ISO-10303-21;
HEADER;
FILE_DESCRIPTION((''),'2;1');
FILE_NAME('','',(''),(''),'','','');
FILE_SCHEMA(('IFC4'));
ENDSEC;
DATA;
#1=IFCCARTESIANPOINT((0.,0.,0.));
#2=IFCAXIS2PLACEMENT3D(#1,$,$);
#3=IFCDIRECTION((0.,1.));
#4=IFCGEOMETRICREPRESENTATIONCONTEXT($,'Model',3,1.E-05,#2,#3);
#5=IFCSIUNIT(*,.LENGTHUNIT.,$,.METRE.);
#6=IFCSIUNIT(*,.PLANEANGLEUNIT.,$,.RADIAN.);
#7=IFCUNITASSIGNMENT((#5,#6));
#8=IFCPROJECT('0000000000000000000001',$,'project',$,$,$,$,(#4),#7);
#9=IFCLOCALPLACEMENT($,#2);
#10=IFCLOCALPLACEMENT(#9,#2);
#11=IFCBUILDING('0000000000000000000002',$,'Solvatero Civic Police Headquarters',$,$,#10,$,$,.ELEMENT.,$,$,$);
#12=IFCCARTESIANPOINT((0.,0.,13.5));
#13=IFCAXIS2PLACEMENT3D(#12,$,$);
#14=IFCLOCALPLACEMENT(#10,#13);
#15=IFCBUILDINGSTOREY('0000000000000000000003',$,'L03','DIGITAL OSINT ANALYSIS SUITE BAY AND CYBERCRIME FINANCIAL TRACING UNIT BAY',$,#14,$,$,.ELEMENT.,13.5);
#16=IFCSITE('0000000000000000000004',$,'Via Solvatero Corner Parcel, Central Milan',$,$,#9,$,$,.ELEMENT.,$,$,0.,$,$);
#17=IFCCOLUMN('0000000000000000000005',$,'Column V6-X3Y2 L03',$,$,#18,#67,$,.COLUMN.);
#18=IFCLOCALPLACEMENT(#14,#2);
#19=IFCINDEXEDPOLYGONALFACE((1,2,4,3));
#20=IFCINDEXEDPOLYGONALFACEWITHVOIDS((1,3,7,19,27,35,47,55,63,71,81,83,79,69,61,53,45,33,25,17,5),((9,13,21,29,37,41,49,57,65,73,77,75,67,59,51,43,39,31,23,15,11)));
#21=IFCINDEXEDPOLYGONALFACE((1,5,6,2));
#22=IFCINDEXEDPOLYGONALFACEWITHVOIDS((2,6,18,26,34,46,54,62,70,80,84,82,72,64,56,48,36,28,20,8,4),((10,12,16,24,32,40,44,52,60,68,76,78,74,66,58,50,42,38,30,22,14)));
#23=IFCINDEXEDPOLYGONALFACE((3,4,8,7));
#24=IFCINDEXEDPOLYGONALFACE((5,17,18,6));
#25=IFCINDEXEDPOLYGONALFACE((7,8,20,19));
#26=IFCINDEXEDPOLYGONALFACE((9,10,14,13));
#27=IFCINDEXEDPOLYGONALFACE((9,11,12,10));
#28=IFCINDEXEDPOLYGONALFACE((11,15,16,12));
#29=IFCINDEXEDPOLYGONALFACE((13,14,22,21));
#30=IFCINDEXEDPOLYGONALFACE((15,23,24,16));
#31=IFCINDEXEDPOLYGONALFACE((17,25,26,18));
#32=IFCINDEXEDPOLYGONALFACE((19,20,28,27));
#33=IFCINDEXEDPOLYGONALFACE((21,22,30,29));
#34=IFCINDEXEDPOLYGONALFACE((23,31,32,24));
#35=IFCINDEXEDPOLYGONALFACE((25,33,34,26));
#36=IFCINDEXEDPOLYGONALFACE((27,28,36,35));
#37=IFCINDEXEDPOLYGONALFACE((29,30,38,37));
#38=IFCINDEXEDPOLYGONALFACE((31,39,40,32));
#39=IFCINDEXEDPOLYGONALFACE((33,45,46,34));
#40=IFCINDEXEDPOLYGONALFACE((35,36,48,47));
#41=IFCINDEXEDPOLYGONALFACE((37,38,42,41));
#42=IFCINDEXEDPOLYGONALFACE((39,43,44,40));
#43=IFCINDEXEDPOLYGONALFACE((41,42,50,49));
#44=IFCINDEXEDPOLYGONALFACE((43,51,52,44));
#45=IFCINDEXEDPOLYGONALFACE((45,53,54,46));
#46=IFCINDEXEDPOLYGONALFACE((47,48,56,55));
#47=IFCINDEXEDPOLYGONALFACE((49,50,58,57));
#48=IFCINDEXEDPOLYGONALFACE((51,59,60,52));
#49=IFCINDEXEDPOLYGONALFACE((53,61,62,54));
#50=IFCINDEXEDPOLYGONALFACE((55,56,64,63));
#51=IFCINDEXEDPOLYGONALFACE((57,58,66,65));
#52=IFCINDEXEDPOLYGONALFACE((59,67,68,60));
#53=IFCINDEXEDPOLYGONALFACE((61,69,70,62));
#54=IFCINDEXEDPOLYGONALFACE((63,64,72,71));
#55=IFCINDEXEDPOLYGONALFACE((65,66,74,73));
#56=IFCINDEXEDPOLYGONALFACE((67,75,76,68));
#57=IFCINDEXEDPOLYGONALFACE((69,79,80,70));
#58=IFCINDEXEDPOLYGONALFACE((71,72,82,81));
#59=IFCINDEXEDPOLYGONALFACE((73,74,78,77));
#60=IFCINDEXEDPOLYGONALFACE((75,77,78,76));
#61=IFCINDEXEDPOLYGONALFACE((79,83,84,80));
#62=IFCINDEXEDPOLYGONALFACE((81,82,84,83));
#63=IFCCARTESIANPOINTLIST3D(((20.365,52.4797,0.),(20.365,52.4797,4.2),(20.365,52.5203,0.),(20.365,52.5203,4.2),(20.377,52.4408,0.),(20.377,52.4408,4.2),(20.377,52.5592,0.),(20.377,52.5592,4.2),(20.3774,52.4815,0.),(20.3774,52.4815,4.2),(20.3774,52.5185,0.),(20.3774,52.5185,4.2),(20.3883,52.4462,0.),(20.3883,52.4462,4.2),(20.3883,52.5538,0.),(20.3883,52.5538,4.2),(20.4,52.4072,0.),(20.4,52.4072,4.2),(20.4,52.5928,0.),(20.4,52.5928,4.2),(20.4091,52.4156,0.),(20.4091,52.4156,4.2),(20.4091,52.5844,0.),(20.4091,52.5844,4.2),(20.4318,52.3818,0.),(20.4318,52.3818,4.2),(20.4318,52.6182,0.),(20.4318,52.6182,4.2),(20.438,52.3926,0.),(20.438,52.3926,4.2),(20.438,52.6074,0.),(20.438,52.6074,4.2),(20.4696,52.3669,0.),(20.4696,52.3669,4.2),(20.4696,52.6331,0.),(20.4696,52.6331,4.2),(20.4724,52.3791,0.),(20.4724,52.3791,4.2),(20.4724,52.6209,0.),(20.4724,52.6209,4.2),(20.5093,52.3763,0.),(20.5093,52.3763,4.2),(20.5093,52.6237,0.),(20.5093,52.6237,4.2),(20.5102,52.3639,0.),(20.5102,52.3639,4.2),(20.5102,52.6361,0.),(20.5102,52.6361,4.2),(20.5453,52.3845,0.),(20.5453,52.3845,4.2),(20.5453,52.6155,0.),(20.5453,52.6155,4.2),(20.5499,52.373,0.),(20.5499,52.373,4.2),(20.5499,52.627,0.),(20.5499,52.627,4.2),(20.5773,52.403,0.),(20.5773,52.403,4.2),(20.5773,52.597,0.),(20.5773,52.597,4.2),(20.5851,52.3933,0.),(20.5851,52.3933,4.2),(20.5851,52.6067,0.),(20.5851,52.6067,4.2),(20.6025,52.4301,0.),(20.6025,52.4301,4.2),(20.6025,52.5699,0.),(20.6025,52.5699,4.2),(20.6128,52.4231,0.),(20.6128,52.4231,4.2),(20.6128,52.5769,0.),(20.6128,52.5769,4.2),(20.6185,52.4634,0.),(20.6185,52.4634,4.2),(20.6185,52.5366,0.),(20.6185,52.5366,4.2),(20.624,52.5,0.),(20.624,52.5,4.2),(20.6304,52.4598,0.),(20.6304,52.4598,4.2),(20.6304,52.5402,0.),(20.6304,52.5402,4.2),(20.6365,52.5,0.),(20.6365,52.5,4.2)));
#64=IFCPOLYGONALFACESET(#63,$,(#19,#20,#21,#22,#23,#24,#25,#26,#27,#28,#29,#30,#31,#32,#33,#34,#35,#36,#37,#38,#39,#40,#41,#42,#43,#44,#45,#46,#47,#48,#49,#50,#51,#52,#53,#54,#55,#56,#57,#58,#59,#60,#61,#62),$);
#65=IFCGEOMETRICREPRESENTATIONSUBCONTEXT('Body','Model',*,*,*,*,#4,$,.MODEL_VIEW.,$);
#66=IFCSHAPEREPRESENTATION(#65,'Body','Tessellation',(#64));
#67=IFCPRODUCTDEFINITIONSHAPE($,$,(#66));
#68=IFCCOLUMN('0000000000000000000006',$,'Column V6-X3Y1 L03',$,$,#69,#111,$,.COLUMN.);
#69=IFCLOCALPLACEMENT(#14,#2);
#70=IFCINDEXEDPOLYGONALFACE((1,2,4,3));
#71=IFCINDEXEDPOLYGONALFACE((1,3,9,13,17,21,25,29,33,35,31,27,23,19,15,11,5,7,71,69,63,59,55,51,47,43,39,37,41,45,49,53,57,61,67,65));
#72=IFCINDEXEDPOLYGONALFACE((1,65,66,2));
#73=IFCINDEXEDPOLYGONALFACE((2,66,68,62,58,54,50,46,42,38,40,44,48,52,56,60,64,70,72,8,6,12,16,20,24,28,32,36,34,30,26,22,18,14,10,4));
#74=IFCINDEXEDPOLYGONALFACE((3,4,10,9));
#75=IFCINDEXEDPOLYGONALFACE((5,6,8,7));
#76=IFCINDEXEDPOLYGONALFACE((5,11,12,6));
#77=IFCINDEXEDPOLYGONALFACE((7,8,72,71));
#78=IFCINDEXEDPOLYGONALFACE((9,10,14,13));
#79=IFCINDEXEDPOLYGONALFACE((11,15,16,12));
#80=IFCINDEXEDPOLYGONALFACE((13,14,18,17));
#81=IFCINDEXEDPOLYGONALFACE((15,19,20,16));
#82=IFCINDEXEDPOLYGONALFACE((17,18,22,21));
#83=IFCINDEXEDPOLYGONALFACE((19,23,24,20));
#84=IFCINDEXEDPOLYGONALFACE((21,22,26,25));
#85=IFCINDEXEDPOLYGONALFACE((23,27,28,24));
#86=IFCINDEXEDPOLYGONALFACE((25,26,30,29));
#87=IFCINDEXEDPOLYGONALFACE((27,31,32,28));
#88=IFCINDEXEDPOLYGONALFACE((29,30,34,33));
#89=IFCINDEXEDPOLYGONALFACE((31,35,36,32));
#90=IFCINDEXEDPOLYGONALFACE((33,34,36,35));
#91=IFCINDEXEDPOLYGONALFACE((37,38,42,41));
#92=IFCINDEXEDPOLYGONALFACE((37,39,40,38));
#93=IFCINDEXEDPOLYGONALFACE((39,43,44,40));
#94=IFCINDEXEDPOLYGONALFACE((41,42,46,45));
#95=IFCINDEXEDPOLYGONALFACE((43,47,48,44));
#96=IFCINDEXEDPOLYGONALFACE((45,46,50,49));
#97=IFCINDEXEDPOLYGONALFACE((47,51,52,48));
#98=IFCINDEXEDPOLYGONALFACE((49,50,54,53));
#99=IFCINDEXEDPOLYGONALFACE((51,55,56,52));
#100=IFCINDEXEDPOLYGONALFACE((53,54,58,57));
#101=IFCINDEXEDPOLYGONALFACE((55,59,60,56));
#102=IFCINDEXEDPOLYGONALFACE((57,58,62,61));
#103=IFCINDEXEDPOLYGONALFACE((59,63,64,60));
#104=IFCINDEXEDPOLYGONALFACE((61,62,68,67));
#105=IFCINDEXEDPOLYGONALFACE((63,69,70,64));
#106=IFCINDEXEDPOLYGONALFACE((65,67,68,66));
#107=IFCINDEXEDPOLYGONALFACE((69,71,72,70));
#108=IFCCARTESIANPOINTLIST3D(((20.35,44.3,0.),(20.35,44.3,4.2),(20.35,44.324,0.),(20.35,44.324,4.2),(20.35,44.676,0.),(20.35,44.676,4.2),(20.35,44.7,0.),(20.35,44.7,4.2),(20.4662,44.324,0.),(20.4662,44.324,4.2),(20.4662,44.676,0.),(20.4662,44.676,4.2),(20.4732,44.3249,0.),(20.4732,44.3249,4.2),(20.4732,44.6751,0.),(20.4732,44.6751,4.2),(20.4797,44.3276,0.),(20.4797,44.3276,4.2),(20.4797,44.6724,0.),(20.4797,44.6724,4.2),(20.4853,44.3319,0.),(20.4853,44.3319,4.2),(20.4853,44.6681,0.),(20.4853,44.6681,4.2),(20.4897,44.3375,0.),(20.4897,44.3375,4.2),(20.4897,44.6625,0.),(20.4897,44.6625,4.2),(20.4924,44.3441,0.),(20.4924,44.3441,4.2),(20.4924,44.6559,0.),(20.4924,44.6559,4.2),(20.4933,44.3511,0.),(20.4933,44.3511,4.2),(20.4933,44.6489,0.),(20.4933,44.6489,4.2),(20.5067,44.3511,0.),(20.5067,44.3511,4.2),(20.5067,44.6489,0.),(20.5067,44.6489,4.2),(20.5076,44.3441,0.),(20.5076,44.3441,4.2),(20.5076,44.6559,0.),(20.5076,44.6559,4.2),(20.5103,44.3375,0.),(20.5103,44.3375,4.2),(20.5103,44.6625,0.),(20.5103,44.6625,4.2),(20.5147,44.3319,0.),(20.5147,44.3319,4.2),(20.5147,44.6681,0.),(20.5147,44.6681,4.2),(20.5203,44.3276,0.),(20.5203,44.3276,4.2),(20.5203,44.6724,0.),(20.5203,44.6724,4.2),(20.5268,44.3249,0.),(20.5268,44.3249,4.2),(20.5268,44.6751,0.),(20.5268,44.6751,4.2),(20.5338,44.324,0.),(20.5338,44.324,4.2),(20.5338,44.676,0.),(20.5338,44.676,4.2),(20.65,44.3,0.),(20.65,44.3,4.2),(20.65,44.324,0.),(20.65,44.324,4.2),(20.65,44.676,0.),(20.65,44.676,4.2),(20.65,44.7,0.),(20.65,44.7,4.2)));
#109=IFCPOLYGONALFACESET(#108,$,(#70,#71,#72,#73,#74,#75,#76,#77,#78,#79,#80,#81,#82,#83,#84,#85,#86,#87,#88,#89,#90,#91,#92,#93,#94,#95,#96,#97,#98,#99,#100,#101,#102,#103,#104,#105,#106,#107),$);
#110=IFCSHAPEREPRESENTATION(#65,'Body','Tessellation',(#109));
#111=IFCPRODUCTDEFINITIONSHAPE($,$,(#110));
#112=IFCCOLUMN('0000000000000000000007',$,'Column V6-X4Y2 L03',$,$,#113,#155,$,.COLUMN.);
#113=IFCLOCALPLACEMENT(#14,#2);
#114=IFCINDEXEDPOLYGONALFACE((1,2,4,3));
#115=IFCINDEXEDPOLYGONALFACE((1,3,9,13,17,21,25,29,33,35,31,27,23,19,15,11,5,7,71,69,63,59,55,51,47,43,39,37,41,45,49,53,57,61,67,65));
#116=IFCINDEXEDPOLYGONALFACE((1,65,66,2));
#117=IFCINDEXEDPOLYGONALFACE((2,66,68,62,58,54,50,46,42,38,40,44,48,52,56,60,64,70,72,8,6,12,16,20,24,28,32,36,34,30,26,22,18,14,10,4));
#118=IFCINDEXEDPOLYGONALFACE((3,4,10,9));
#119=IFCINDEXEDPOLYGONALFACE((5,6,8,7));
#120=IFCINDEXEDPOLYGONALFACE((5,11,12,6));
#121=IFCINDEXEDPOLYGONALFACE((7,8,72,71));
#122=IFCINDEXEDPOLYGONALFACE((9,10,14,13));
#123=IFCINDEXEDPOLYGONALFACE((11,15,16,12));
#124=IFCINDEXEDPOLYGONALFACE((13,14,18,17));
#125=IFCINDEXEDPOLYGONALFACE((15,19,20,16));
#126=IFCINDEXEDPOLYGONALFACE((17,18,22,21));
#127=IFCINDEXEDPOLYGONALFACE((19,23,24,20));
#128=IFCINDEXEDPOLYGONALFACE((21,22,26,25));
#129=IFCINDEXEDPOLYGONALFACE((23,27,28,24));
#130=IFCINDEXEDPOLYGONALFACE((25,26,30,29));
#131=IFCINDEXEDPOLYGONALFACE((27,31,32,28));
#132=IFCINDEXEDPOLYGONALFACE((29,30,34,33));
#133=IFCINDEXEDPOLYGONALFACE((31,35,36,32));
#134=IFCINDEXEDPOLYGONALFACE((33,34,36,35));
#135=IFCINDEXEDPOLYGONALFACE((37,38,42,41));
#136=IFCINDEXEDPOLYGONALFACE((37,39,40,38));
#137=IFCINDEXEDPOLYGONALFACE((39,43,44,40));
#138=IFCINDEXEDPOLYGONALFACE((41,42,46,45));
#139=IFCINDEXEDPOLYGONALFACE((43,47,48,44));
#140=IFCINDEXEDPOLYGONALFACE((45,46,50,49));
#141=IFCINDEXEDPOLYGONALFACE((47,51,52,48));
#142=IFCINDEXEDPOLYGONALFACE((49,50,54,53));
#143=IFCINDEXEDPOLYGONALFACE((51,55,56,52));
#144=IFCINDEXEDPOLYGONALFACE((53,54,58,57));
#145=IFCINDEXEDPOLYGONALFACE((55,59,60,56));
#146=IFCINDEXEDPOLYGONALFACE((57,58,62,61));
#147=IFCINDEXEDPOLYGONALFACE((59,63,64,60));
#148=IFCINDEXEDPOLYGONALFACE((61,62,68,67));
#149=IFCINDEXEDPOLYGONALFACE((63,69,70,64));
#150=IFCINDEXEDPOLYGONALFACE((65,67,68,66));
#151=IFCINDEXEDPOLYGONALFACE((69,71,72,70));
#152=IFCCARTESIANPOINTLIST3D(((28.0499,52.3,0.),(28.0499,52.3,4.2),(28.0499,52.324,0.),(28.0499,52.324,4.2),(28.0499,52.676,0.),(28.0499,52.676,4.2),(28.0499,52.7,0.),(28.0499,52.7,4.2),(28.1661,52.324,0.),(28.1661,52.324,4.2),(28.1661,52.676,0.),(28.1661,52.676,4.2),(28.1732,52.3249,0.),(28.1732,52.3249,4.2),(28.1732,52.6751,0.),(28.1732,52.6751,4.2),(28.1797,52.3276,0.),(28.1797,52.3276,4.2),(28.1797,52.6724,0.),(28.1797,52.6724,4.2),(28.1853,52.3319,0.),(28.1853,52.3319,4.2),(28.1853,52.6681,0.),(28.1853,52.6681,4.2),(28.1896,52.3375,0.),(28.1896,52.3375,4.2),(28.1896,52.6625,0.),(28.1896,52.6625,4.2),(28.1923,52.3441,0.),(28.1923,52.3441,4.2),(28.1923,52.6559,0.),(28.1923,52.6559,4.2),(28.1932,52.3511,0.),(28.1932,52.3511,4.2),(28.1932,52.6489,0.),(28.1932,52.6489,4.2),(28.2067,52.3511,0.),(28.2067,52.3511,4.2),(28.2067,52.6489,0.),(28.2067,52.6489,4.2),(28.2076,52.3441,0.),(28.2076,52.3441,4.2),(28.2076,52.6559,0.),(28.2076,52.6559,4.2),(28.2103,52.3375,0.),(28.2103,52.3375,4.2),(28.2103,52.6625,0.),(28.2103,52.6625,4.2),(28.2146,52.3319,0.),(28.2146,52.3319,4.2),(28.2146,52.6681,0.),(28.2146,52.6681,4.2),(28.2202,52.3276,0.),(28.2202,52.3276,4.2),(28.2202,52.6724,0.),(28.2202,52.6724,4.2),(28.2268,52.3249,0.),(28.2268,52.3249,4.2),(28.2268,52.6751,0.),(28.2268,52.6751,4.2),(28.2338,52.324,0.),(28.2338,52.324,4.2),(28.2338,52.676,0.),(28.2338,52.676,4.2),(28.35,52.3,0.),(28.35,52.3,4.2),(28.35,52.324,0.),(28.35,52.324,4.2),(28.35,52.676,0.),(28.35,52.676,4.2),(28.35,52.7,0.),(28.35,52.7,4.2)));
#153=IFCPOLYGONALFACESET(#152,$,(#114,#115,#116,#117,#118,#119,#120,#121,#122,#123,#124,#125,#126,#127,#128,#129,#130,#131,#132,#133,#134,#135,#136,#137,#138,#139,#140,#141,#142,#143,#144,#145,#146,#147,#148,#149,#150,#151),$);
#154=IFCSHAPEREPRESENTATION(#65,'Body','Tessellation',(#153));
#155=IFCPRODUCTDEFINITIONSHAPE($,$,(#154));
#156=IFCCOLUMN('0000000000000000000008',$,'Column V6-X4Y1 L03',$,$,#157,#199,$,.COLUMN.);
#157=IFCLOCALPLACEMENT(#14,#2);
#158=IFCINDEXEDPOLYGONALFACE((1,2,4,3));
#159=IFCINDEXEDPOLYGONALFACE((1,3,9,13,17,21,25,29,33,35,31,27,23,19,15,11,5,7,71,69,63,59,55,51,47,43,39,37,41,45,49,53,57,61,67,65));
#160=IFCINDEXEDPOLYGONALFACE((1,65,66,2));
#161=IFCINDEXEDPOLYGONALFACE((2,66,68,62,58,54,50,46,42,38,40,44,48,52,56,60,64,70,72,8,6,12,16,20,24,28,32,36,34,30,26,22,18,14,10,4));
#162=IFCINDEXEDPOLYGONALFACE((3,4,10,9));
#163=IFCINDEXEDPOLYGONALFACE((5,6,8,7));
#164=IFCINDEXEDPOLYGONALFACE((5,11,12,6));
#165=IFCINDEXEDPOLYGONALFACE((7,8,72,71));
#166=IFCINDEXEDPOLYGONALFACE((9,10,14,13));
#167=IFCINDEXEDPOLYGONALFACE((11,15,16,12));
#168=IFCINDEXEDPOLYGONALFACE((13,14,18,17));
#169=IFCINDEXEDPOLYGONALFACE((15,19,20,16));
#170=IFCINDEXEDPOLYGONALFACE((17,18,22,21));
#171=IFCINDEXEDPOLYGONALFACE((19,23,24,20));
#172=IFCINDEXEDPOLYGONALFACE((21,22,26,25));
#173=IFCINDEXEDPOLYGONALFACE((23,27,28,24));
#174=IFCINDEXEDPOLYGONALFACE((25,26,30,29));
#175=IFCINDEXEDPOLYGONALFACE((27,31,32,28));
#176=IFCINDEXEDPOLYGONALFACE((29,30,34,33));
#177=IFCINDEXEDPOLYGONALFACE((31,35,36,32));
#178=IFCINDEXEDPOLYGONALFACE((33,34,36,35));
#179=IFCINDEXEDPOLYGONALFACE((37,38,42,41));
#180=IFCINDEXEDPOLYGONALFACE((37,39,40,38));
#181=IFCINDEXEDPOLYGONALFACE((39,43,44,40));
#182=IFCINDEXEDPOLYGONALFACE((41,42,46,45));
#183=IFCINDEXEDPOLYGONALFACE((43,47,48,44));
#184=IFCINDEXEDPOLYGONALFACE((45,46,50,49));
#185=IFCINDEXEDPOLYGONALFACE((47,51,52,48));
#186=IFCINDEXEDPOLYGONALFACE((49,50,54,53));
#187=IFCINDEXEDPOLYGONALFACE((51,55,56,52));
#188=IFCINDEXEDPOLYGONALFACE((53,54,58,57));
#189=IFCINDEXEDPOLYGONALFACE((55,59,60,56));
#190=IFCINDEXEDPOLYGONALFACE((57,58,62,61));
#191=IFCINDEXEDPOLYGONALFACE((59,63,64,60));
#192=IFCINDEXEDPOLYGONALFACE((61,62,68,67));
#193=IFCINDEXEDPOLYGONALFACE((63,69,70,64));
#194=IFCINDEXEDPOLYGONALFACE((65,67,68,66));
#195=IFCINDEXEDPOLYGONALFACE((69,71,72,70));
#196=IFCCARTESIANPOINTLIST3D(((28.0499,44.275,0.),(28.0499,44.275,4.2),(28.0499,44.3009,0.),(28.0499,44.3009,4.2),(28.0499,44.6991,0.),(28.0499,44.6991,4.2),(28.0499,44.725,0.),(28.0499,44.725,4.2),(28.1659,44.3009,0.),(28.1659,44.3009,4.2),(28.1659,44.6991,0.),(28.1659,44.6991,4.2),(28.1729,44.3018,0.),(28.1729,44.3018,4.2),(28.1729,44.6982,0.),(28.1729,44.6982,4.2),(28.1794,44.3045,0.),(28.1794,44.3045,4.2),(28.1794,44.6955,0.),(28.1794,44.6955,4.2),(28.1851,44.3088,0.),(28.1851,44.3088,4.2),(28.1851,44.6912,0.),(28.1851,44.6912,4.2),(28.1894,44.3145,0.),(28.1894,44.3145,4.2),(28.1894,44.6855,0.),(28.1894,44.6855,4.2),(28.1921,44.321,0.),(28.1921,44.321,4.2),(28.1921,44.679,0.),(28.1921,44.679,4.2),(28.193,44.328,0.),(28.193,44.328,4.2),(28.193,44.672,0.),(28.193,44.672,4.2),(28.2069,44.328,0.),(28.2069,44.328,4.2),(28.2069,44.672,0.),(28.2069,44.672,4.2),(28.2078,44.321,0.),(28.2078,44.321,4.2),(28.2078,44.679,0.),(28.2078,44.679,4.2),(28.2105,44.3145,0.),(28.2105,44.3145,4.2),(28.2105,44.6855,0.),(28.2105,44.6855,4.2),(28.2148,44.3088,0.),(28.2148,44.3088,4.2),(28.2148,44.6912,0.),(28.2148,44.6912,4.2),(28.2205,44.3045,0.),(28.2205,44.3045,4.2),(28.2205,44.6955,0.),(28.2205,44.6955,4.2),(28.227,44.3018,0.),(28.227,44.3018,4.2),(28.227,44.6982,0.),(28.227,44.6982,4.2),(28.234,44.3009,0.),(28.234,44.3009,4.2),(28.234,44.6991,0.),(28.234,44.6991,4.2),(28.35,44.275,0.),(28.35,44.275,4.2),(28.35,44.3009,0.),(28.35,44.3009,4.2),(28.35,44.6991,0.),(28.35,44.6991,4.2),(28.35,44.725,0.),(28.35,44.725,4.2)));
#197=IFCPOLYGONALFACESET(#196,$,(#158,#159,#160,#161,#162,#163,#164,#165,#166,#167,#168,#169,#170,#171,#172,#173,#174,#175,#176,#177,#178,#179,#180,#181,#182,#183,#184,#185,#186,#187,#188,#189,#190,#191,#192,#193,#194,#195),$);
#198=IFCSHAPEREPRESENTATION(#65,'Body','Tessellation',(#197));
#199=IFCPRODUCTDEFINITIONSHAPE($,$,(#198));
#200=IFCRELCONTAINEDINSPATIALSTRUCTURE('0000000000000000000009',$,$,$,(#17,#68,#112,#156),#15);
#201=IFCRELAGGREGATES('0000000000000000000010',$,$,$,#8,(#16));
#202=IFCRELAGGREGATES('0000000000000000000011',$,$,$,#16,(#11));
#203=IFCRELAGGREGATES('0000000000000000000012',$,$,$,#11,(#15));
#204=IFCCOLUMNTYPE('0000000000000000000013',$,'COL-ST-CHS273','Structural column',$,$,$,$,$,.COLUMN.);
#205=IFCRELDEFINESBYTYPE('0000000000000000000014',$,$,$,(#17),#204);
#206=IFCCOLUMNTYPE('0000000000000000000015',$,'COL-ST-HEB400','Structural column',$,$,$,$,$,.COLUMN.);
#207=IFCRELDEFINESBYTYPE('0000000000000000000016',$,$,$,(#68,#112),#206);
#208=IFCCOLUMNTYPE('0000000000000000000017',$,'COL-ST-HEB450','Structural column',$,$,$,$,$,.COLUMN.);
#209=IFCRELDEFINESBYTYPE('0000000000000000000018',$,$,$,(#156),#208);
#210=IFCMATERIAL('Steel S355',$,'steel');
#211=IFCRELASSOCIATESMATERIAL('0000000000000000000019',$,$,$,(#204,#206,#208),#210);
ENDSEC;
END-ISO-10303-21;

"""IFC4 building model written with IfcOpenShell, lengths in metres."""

from ifc_helpers import new_model, si_unit, direction, frame, origin, origin_2d, place, context, subcontext, project, spatial, hollow_circle, i_section, extrude, material, material_profile, profile_set, type_object, element, save


model = new_model("IFC4")

# Units and contexts
model_context = context("Model", 3, precision=1e-05, world=origin(), true_north=direction((0.0, 1.0)))
body_context = subcontext(model_context, "Body", "Model", "MODEL_VIEW")
ifc_project = project(units=[si_unit("LENGTHUNIT", "METRE"), si_unit("PLANEANGLEUNIT", "RADIAN")], contexts=[model_context])

# Site, building, storey
site_placement = place(None, origin())
site = spatial("IfcSite", under=ifc_project, at=site_placement, Name="Via Solvatero Corner Parcel, Central Milan", CompositionType="ELEMENT", RefElevation=0.0)
building_placement = place(site_placement, origin())
building = spatial("IfcBuilding", under=site, at=building_placement, Name="Solvatero Civic Police Headquarters", CompositionType="ELEMENT")
storey_placement = place(building_placement, frame((0.0, 0.0, 13.5)))
storey = spatial("IfcBuildingStorey", under=building, at=storey_placement, Name="L03", Description="DIGITAL OSINT ANALYSIS SUITE BAY AND CYBERCRIME FINANCIAL TRACING UNIT BAY", CompositionType="ELEMENT", Elevation=13.5)

# Columns
ifc_material_1 = material(Name="Steel S355", Category="steel")
ifc_material_profile_1 = material_profile(ifc_material_1, hollow_circle(Radius=0.1365, WallThickness=0.0125, at=origin_2d()), Name="CHS 273.0x12.5")
ifc_profile_set_1 = profile_set([ifc_material_profile_1], Name="Steel S355")
column_type_1 = type_object("IfcColumnType", Name="COL-ST-CHS273", Description="Structural column", PredefinedType="COLUMN", material=ifc_profile_set_1)
column_1_placement = place(storey_placement, frame((20.5, 52.5, 0.0), z_axis=(0.0, 0.0, 1.0), x_axis=(1.0, 0.0, 0.0)))
element("IfcColumn", 1, at=column_1_placement, inside=storey, type_object=column_type_1, Name="Column V6-X3Y2 L03", PredefinedType="COLUMN", context=body_context, shape_type="SweptSolid", body=[
    extrude(hollow_circle(Radius=0.1365, WallThickness=0.0125, at=origin_2d()), origin(), (0.0, 0.0, 1.0), 4.2),
])
ifc_material_profile_2 = material_profile(ifc_material_1, i_section(OverallWidth=0.3, OverallDepth=0.3999, WebThickness=0.0134, FlangeThickness=0.0239, FilletRadius=0.0271, at=origin_2d()), Name="HEB 400")
ifc_profile_set_2 = profile_set([ifc_material_profile_2], Name="Steel S355")
column_type_2 = type_object("IfcColumnType", Name="COL-ST-HEB400", Description="Structural column", PredefinedType="COLUMN", material=ifc_profile_set_2)
for number, where, z_axis, x_axis, name in (
    (2, (20.5, 44.5, 0.0), (0.0, 0.0, 1.0), (1.0, 0.0, 0.0), "Column V6-X3Y1 L03"),
    (3, (28.2, 52.5, 0.0), (0.0, 0.0, 1.0), (1.0, 0.0, 0.0), "Column V6-X4Y2 L03"),
):
    element("IfcColumn", number, at=place(storey_placement, frame(where, z_axis=z_axis, x_axis=x_axis)), inside=storey, type_object=column_type_2, Name=name, PredefinedType="COLUMN", context=body_context, shape_type="SweptSolid", body=[
        extrude(i_section(OverallWidth=0.3, OverallDepth=0.3999, WebThickness=0.0134, FlangeThickness=0.0239, FilletRadius=0.0271, at=origin_2d()), origin(), (0.0, 0.0, 1.0), 4.2),
    ])
ifc_material_profile_3 = material_profile(ifc_material_1, i_section(OverallWidth=0.3, OverallDepth=0.45, WebThickness=0.0139, FlangeThickness=0.0259, FilletRadius=0.0271, at=origin_2d()), Name="HEB 450")
ifc_profile_set_3 = profile_set([ifc_material_profile_3], Name="Steel S355")
column_type_3 = type_object("IfcColumnType", Name="COL-ST-HEB450", Description="Structural column", PredefinedType="COLUMN", material=ifc_profile_set_3)
column_2_placement = place(storey_placement, frame((28.2, 44.5, 0.0), z_axis=(0.0, 0.0, 1.0), x_axis=(1.0, 0.0, 0.0)))
element("IfcColumn", 4, at=column_2_placement, inside=storey, type_object=column_type_3, Name="Column V6-X4Y1 L03", PredefinedType="COLUMN", context=body_context, shape_type="SweptSolid", body=[
    extrude(i_section(OverallWidth=0.3, OverallDepth=0.45, WebThickness=0.0139, FlangeThickness=0.0259, FilletRadius=0.0271, at=origin_2d()), origin(), (0.0, 0.0, 1.0), 4.2),
])

save(model, "model.ifc")
